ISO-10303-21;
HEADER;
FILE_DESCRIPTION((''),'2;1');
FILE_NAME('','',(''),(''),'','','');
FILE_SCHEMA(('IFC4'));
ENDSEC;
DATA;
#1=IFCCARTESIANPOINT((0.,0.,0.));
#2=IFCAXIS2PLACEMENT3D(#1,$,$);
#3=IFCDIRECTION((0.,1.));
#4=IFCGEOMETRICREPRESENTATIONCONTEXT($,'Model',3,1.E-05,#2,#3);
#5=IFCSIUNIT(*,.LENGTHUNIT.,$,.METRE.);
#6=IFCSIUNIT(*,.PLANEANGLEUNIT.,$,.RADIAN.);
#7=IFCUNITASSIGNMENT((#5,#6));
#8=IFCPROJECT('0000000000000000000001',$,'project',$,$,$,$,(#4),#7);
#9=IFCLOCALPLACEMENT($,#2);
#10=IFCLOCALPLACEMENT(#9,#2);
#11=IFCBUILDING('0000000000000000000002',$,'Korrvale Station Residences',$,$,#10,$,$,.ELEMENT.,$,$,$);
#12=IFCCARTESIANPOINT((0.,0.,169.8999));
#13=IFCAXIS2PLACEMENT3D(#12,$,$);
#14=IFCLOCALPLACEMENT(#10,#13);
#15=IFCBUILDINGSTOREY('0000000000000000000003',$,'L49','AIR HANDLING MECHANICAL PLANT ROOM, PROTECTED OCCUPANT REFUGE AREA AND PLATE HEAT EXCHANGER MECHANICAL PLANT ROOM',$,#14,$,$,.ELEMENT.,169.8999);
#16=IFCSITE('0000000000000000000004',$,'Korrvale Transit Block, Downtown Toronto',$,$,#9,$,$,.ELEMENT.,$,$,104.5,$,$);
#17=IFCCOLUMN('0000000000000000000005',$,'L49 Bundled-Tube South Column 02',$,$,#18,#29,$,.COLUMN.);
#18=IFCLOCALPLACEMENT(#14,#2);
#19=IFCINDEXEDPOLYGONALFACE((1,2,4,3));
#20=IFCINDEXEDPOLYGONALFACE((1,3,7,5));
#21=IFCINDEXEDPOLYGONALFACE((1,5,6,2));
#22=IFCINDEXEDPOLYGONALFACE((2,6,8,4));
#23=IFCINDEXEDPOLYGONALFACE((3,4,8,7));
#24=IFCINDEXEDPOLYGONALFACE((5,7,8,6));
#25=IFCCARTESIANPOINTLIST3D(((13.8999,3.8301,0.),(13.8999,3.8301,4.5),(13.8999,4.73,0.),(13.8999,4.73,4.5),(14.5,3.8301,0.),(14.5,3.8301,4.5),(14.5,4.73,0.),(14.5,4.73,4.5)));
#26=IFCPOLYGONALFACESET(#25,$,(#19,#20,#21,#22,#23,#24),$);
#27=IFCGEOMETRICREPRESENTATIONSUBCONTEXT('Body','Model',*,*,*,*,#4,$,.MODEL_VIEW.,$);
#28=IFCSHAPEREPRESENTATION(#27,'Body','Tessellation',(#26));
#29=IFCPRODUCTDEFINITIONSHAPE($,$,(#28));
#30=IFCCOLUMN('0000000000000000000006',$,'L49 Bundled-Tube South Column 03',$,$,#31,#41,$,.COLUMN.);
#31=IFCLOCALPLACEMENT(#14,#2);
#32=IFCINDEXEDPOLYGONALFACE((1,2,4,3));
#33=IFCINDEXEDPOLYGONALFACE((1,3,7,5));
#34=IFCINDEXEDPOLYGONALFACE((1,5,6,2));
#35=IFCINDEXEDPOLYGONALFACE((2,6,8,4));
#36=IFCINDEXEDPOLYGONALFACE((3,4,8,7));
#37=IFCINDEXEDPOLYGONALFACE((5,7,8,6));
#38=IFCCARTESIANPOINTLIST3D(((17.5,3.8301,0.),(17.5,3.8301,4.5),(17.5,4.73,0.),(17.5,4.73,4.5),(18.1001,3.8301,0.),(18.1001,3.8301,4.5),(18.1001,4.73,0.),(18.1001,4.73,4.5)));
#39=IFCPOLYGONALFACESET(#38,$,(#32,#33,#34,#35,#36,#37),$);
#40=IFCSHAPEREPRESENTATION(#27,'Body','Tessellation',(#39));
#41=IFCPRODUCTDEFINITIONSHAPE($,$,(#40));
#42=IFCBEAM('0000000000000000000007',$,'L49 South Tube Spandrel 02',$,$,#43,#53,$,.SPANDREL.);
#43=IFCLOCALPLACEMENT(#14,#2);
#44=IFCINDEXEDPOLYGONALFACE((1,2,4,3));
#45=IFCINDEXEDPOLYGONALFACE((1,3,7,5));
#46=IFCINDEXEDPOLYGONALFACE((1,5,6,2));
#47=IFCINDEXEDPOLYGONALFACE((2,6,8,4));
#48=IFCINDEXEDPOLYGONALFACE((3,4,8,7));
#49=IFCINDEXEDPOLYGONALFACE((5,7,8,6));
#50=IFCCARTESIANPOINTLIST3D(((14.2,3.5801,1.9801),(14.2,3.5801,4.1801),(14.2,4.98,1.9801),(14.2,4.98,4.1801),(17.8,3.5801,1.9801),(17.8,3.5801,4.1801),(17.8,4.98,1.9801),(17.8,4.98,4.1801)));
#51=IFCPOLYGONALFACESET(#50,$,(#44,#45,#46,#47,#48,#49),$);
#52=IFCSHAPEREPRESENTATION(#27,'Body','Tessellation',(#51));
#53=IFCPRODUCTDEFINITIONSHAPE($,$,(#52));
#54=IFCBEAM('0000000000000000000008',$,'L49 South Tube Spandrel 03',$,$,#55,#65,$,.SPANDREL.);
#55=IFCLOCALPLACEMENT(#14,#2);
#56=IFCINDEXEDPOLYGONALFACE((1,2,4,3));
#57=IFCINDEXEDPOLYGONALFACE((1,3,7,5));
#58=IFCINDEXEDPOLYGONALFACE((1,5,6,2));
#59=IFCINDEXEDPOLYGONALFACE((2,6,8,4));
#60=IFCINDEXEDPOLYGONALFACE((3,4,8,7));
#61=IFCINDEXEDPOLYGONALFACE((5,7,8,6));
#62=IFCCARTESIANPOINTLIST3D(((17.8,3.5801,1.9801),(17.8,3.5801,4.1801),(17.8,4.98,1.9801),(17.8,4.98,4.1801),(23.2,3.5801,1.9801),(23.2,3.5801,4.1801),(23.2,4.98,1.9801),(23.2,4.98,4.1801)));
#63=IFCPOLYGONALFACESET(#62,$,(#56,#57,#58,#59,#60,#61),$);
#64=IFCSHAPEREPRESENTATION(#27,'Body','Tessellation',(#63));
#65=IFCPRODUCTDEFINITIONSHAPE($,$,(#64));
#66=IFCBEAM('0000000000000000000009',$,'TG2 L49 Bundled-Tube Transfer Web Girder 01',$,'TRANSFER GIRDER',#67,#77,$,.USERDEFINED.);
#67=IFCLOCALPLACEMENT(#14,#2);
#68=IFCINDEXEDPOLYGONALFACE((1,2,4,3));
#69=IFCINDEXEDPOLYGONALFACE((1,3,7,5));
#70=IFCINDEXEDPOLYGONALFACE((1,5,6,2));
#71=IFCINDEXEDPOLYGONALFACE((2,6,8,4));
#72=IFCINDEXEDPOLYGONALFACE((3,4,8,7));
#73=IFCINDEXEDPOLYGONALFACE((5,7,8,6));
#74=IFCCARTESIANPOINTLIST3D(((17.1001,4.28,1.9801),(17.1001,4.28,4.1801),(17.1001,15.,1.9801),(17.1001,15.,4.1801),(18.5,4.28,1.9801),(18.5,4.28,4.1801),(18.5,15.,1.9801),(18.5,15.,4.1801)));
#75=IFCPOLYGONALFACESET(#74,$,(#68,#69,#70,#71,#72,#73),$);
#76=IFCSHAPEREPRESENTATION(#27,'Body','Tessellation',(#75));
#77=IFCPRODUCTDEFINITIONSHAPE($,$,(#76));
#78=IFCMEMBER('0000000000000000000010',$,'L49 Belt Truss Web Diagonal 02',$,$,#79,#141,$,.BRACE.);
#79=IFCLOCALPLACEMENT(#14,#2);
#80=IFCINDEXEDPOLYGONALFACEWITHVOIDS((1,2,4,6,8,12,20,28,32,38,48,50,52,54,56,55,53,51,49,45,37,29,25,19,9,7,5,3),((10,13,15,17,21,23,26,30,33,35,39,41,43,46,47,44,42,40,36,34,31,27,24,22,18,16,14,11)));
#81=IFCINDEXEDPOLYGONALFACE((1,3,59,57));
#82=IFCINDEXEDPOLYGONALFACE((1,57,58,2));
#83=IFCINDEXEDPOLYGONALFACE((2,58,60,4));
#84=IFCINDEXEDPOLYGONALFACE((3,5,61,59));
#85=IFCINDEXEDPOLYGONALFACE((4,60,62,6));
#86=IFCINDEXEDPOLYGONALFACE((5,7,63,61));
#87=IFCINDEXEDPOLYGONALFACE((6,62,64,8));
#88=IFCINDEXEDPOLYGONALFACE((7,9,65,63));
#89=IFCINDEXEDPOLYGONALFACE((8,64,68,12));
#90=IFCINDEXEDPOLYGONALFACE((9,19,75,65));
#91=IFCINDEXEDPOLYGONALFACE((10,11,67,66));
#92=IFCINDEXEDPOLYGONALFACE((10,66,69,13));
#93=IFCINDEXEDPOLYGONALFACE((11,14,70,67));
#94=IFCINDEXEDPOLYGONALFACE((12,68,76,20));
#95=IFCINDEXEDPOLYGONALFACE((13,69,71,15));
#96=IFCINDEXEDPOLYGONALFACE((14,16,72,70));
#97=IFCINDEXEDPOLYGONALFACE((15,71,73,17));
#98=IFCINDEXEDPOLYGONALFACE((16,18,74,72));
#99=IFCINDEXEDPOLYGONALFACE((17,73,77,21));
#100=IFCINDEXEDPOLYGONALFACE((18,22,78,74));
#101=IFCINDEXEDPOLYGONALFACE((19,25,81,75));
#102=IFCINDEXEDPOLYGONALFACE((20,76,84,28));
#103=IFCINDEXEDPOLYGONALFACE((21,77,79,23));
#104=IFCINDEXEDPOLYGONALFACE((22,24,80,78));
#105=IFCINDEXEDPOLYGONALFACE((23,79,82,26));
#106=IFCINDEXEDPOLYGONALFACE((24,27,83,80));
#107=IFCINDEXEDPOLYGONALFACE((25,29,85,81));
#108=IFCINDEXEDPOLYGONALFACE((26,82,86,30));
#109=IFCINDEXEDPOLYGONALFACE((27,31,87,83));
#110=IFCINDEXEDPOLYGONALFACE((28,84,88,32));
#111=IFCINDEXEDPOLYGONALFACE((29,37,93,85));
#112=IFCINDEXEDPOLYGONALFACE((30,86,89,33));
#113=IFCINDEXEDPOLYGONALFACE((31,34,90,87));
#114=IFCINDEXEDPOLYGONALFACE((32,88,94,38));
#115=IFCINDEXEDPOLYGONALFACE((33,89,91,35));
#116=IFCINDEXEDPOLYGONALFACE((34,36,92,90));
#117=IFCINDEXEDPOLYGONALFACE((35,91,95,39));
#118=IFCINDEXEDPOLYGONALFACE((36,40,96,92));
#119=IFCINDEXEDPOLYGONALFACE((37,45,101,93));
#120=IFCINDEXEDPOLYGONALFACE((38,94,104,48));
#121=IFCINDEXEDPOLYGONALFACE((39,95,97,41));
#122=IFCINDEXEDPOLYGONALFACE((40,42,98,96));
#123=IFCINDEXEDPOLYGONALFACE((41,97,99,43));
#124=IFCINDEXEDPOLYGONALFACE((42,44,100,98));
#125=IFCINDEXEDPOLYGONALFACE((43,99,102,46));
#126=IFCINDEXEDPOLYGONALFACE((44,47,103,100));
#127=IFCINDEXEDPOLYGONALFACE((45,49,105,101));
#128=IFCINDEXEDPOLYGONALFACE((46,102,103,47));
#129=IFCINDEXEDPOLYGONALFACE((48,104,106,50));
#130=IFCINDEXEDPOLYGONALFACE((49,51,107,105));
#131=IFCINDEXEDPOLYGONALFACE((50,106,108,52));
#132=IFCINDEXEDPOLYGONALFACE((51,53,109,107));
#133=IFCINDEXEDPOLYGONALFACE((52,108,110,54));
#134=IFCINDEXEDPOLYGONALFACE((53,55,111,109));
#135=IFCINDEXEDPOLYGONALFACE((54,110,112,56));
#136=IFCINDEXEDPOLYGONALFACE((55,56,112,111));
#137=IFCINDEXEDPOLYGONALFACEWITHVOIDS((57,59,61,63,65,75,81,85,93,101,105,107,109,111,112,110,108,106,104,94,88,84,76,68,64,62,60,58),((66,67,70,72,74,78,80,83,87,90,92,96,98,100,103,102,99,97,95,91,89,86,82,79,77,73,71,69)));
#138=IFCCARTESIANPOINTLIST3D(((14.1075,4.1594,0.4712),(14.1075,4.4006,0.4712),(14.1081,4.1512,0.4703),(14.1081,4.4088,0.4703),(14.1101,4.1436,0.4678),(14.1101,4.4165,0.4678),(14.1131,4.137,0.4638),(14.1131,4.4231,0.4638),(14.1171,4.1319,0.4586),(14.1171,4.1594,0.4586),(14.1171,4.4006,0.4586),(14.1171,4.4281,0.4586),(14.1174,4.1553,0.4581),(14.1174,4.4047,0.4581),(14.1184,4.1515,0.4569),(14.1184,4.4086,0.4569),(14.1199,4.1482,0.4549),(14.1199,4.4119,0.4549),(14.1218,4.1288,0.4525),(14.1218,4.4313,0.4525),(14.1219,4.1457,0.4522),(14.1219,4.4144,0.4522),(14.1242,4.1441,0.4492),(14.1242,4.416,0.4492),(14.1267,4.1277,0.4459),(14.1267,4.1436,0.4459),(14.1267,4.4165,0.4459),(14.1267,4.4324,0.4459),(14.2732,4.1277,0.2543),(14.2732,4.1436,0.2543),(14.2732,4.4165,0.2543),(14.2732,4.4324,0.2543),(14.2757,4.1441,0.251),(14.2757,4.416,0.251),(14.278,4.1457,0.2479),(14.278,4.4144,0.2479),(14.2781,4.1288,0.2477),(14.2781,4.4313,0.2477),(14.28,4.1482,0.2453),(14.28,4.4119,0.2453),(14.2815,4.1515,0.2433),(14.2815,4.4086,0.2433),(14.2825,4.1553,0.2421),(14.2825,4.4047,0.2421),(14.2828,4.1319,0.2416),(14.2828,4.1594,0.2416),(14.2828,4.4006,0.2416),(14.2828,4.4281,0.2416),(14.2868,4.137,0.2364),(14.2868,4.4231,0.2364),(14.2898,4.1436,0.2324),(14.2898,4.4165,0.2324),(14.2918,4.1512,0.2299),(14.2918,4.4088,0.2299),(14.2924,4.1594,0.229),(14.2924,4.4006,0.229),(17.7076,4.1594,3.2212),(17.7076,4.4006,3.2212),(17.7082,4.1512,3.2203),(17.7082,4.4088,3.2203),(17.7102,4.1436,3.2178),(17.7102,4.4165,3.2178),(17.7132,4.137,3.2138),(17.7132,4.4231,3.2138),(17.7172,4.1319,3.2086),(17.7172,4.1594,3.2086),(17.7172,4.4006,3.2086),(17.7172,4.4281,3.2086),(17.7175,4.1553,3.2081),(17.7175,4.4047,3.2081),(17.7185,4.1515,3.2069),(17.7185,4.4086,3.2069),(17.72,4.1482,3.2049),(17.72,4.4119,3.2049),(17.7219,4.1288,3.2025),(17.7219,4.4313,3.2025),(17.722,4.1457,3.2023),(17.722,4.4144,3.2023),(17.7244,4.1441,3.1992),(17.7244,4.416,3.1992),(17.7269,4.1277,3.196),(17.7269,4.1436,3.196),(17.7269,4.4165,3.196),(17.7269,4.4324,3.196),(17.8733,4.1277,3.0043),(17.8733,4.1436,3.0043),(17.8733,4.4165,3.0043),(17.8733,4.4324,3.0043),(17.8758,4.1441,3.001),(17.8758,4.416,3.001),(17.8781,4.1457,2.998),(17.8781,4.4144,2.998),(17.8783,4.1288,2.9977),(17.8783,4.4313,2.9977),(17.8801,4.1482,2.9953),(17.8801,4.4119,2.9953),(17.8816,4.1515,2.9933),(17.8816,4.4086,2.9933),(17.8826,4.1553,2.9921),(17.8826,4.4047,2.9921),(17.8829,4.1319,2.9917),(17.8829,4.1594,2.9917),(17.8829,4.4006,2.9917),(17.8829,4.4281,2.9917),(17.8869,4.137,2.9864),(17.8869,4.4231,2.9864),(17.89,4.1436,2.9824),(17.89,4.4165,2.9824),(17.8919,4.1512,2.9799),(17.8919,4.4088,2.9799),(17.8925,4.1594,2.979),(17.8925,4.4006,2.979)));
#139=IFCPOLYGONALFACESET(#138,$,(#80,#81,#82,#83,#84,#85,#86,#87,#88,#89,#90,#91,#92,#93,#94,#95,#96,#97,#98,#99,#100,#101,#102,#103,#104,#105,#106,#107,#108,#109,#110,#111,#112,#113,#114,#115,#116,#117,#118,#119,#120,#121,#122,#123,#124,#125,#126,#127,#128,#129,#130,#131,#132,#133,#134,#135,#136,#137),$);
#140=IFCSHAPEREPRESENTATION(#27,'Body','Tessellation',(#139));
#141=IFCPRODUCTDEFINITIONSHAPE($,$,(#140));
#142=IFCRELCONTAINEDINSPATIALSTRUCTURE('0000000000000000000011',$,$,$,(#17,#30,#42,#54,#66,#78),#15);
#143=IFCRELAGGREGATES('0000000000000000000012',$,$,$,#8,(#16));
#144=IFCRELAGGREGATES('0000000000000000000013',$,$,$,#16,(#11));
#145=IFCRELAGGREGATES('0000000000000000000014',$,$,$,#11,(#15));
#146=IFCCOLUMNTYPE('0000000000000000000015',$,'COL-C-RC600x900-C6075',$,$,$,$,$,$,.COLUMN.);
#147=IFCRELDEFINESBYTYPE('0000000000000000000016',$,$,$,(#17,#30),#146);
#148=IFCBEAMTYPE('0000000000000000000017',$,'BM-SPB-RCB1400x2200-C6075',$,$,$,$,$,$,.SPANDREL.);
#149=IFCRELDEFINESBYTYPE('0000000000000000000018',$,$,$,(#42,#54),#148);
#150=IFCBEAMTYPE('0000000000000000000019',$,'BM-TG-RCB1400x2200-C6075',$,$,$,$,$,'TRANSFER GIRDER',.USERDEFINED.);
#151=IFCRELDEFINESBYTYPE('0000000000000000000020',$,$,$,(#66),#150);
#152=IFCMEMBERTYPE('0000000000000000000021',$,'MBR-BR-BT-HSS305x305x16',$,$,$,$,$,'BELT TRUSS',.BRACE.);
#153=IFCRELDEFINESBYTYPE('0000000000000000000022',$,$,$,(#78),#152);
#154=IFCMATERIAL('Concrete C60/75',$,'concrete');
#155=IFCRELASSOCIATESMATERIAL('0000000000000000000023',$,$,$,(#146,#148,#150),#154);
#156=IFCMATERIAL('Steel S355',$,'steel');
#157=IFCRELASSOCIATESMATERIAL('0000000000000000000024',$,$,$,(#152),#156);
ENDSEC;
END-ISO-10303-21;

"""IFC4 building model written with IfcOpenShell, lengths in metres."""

from ifc_helpers import new_model, si_unit, direction, frame, origin, origin_2d, place, context, subcontext, project, spatial, rectangle, hollow_rectangle, extrude, material, material_profile, profile_set, type_object, element, save


model = new_model("IFC4")

# Units and contexts
model_context = context("Model", 3, precision=1e-05, world=origin(), true_north=direction((0.0, 1.0)))
body_context = subcontext(model_context, "Body", "Model", "MODEL_VIEW")
ifc_project = project(units=[si_unit("LENGTHUNIT", "METRE"), si_unit("PLANEANGLEUNIT", "RADIAN")], contexts=[model_context])

# Site, building, storey
site_placement = place(None, origin())
site = spatial("IfcSite", under=ifc_project, at=site_placement, Name="Korrvale Transit Block, Downtown Toronto", CompositionType="ELEMENT", RefElevation=104.5)
building_placement = place(site_placement, origin())
building = spatial("IfcBuilding", under=site, at=building_placement, Name="Korrvale Station Residences", CompositionType="ELEMENT")
storey_placement = place(building_placement, frame((0.0, 0.0, 169.8999)))
storey = spatial("IfcBuildingStorey", under=building, at=storey_placement, Name="L49", Description="AIR HANDLING MECHANICAL PLANT ROOM, PROTECTED OCCUPANT REFUGE AREA AND PLATE HEAT EXCHANGER MECHANICAL PLANT ROOM", CompositionType="ELEMENT", Elevation=169.8999)

# Columns
ifc_material_1 = material(Name="Concrete C60/75", Category="concrete")
ifc_material_profile_1 = material_profile(ifc_material_1, rectangle(XDim=0.6001, YDim=0.8999, at=origin_2d()), Name="RC600x900")
ifc_profile_set_1 = profile_set([ifc_material_profile_1], Name="Concrete C60/75")
column_type = type_object("IfcColumnType", Name="COL-C-RC600x900-C6075", PredefinedType="COLUMN", material=ifc_profile_set_1)
for number, where, z_axis, x_axis, name in (
    (1, (14.2, 4.28, 0.0), (0.0, 0.0, 1.0), (1.0, 0.0, 0.0), "L49 Bundled-Tube South Column 02"),
    (2, (17.8, 4.28, 0.0), (0.0, 0.0, 1.0), (1.0, 0.0, 0.0), "L49 Bundled-Tube South Column 03"),
):
    element("IfcColumn", number, at=place(storey_placement, frame(where, z_axis=z_axis, x_axis=x_axis)), inside=storey, type_object=column_type, Name=name, PredefinedType="COLUMN", context=body_context, shape_type="SweptSolid", body=[
        extrude(rectangle(XDim=0.6001, YDim=0.8999, at=origin_2d()), origin(), (0.0, 0.0, 1.0), 4.5),
    ])

# Beams
ifc_material_profile_2 = material_profile(ifc_material_1, rectangle(XDim=1.3999, YDim=2.2, at=origin_2d()), Name="RCB1400x2200")
ifc_profile_set_2 = profile_set([ifc_material_profile_2], Name="Concrete C60/75")
beam_type_1 = type_object("IfcBeamType", Name="BM-SPB-RCB1400x2200-C6075", PredefinedType="SPANDREL", material=ifc_profile_set_2)
beam_1_placement = place(storey_placement, frame((14.2, 4.28, 3.0801), z_axis=(1.0, 0.0, 0.0), x_axis=(0.0, 1.0, 0.0)))
element("IfcBeam", 3, at=beam_1_placement, inside=storey, type_object=beam_type_1, Name="L49 South Tube Spandrel 02", PredefinedType="SPANDREL", context=body_context, shape_type="SweptSolid", body=[
    extrude(rectangle(XDim=1.3999, YDim=2.2, at=origin_2d()), origin(), (0.0, 0.0, 1.0), 3.6001),
])
beam_2_placement = place(storey_placement, frame((17.8, 4.28, 3.0801), z_axis=(1.0, 0.0, 0.0), x_axis=(0.0, 1.0, 0.0)))
element("IfcBeam", 4, at=beam_2_placement, inside=storey, type_object=beam_type_1, Name="L49 South Tube Spandrel 03", PredefinedType="SPANDREL", context=body_context, shape_type="SweptSolid", body=[
    extrude(rectangle(XDim=1.3999, YDim=2.2, at=origin_2d()), origin(), (0.0, 0.0, 1.0), 5.3999),
])
ifc_material_profile_3 = material_profile(ifc_material_1, rectangle(XDim=1.3999, YDim=2.2, at=origin_2d()), Name="RCB1400x2200")
ifc_profile_set_3 = profile_set([ifc_material_profile_3], Name="Concrete C60/75")
beam_type_2 = type_object("IfcBeamType", Name="BM-TG-RCB1400x2200-C6075", ElementType="TRANSFER GIRDER", PredefinedType="USERDEFINED", material=ifc_profile_set_3)
beam_3_placement = place(storey_placement, frame((17.8, 4.28, 3.0801), z_axis=(0.0, 1.0, 0.0), x_axis=(-1.0, 0.0, 0.0)))
element("IfcBeam", 5, at=beam_3_placement, inside=storey, type_object=beam_type_2, Name="TG2 L49 Bundled-Tube Transfer Web Girder 01", ObjectType="TRANSFER GIRDER", PredefinedType="USERDEFINED", context=body_context, shape_type="SweptSolid", body=[
    extrude(rectangle(XDim=1.3999, YDim=2.2, at=origin_2d()), origin(), (0.0, 0.0, 1.0), 10.72),
])

# Member
ifc_material_2 = material(Name="Steel S355", Category="steel")
ifc_material_profile_4 = material_profile(ifc_material_2, hollow_rectangle(XDim=0.3047, YDim=0.3047, WallThickness=0.0159, InnerFilletRadius=0.0159, OuterFilletRadius=0.0317, at=origin_2d()), Name="HSS305x305x16")
ifc_profile_set_4 = profile_set([ifc_material_profile_4], Name="Steel S355")
member_type_1 = type_object("IfcMemberType", Name="MBR-BR-BT-HSS305x305x16", ElementType="BELT TRUSS", PredefinedType="BRACE", material=ifc_profile_set_4)
member_1_placement = place(storey_placement, frame((14.2, 4.28, 0.3501), z_axis=(0.794679, 0.0, 0.60703), x_axis=(0.0, 1.0, 0.0)))
element("IfcMember", 6, at=member_1_placement, inside=storey, type_object=member_type_1, Name="L49 Belt Truss Web Diagonal 02", PredefinedType="BRACE", context=body_context, shape_type="SweptSolid", body=[
    extrude(hollow_rectangle(XDim=0.3047, YDim=0.3047, WallThickness=0.0159, InnerFilletRadius=0.0159, OuterFilletRadius=0.0317, at=origin_2d()), origin(), (0.0, 0.0, 1.0), 4.5303),
])

save(model, "model.ifc")
